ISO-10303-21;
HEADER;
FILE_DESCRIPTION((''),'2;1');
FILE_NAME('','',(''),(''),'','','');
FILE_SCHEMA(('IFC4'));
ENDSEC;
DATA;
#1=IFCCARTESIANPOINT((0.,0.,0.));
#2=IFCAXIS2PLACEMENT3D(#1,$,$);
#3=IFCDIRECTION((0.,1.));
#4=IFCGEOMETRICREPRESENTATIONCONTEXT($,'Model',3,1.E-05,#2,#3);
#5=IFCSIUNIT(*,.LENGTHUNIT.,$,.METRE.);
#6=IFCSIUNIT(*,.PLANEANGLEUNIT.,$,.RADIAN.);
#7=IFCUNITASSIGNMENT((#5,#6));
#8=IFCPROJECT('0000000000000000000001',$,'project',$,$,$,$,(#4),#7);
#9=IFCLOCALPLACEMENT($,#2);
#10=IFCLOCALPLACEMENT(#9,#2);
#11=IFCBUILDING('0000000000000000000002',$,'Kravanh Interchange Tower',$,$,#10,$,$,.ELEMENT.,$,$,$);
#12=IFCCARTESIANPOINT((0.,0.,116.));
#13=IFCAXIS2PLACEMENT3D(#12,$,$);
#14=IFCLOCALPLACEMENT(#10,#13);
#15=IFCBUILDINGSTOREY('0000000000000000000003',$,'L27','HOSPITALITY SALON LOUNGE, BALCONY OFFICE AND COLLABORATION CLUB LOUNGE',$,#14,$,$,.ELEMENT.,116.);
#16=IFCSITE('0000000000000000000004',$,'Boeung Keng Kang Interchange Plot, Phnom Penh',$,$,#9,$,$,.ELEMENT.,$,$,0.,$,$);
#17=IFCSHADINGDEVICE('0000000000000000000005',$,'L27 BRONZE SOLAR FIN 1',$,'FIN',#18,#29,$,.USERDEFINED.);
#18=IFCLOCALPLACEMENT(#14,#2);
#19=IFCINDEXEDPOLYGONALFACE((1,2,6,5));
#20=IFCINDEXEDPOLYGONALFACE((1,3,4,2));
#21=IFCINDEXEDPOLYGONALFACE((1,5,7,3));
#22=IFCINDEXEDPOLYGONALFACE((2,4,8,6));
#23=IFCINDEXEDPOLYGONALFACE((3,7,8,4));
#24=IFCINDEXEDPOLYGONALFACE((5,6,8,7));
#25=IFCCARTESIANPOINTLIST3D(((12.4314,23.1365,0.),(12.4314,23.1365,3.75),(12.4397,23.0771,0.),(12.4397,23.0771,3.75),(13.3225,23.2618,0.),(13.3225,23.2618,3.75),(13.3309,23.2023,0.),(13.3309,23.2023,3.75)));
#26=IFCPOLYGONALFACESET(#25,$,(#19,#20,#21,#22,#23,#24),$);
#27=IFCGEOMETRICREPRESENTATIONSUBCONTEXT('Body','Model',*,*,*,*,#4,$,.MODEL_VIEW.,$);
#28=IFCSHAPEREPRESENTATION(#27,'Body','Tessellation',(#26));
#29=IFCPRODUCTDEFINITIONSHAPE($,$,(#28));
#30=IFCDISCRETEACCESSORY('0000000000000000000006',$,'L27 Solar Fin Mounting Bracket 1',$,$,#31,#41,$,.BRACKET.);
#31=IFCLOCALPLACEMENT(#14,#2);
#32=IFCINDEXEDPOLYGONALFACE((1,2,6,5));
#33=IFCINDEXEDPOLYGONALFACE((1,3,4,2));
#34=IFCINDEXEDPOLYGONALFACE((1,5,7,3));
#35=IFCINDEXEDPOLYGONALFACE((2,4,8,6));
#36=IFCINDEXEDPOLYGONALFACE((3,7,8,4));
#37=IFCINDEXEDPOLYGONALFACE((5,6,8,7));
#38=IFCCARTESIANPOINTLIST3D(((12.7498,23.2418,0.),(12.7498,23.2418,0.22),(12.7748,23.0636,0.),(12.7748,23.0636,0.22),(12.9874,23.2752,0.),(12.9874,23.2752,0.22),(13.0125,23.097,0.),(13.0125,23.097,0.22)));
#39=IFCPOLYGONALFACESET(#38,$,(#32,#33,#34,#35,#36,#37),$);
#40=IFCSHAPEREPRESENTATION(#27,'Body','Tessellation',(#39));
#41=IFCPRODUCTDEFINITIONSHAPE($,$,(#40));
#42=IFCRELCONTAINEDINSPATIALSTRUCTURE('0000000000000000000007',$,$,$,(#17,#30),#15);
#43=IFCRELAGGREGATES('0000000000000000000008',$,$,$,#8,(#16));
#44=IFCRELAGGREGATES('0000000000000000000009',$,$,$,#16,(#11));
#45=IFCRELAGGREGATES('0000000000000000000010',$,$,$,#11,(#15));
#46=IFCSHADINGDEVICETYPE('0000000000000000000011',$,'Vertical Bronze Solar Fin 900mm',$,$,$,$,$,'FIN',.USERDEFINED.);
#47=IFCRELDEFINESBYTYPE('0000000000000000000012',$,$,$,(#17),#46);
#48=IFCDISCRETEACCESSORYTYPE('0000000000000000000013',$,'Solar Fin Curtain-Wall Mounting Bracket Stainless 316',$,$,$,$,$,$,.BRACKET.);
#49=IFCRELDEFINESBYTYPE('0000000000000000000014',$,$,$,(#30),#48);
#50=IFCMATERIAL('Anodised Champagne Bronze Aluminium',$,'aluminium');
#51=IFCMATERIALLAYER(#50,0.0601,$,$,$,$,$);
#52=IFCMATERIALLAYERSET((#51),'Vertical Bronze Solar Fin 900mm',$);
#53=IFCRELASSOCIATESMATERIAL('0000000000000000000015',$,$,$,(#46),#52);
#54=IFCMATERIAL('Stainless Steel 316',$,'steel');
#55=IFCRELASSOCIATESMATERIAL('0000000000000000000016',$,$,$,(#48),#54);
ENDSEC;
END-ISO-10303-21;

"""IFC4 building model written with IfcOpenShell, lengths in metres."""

from ifc_helpers import new_model, si_unit, direction, frame, origin, origin_2d, place, context, subcontext, project, spatial, rectangle, extrude, material, layer, layer_set, type_object, element, save


model = new_model("IFC4")

# Units and contexts
model_context = context("Model", 3, precision=1e-05, world=origin(), true_north=direction((0.0, 1.0)))
body_context = subcontext(model_context, "Body", "Model", "MODEL_VIEW")
ifc_project = project(units=[si_unit("LENGTHUNIT", "METRE"), si_unit("PLANEANGLEUNIT", "RADIAN")], contexts=[model_context])

# Site, building, storey
site_placement = place(None, origin())
site = spatial("IfcSite", under=ifc_project, at=site_placement, Name="Boeung Keng Kang Interchange Plot, Phnom Penh", CompositionType="ELEMENT", RefElevation=0.0)
building_placement = place(site_placement, origin())
building = spatial("IfcBuilding", under=site, at=building_placement, Name="Kravanh Interchange Tower", CompositionType="ELEMENT")
storey_placement = place(building_placement, frame((0.0, 0.0, 116.0)))
storey = spatial("IfcBuildingStorey", under=building, at=storey_placement, Name="L27", Description="HOSPITALITY SALON LOUNGE, BALCONY OFFICE AND COLLABORATION CLUB LOUNGE", CompositionType="ELEMENT", Elevation=116.0)

# Shading device
ifc_material_1 = material(Name="Anodised Champagne Bronze Aluminium", Category="aluminium")
ifc_layer_1 = layer(ifc_material_1, 0.0601)
ifc_layer_set_1 = layer_set([ifc_layer_1], Name="Vertical Bronze Solar Fin 900mm")
shading_device_type = type_object("IfcShadingDeviceType", Name="Vertical Bronze Solar Fin 900mm", ElementType="FIN", PredefinedType="USERDEFINED", material=ifc_layer_set_1)
shading_device_placement = place(storey_placement, frame((12.8811, 23.1694, 0.0), z_axis=(0.0, 0.0, 1.0), x_axis=(-0.990268, -0.139173, 0.0)))
element("IfcShadingDevice", 1, at=shading_device_placement, inside=storey, type_object=shading_device_type, Name="L27 BRONZE SOLAR FIN 1", ObjectType="FIN", PredefinedType="USERDEFINED", context=body_context, shape_type="SweptSolid", body=[
    extrude(rectangle(XDim=0.8999, YDim=0.0601, at=origin_2d()), origin(), (0.0, 0.0, 1.0), 3.75),
])

# Discrete accessory
ifc_material_2 = material(Name="Stainless Steel 316", Category="steel")
discrete_accessory_type = type_object("IfcDiscreteAccessoryType", Name="Solar Fin Curtain-Wall Mounting Bracket Stainless 316", PredefinedType="BRACKET", material=ifc_material_2)
discrete_accessory_placement = place(storey_placement, frame((12.8811, 23.1694, 0.0), z_axis=(0.0, 0.0, 1.0), x_axis=(-0.990268, -0.139173, 0.0)))
element("IfcDiscreteAccessory", 2, at=discrete_accessory_placement, inside=storey, type_object=discrete_accessory_type, Name="L27 Solar Fin Mounting Bracket 1", PredefinedType="BRACKET", context=body_context, shape_type="SweptSolid", body=[
    extrude(rectangle(XDim=0.24, YDim=0.1799, at=origin_2d()), origin(), (0.0, 0.0, 1.0), 0.22),
])

save(model, "model.ifc")
